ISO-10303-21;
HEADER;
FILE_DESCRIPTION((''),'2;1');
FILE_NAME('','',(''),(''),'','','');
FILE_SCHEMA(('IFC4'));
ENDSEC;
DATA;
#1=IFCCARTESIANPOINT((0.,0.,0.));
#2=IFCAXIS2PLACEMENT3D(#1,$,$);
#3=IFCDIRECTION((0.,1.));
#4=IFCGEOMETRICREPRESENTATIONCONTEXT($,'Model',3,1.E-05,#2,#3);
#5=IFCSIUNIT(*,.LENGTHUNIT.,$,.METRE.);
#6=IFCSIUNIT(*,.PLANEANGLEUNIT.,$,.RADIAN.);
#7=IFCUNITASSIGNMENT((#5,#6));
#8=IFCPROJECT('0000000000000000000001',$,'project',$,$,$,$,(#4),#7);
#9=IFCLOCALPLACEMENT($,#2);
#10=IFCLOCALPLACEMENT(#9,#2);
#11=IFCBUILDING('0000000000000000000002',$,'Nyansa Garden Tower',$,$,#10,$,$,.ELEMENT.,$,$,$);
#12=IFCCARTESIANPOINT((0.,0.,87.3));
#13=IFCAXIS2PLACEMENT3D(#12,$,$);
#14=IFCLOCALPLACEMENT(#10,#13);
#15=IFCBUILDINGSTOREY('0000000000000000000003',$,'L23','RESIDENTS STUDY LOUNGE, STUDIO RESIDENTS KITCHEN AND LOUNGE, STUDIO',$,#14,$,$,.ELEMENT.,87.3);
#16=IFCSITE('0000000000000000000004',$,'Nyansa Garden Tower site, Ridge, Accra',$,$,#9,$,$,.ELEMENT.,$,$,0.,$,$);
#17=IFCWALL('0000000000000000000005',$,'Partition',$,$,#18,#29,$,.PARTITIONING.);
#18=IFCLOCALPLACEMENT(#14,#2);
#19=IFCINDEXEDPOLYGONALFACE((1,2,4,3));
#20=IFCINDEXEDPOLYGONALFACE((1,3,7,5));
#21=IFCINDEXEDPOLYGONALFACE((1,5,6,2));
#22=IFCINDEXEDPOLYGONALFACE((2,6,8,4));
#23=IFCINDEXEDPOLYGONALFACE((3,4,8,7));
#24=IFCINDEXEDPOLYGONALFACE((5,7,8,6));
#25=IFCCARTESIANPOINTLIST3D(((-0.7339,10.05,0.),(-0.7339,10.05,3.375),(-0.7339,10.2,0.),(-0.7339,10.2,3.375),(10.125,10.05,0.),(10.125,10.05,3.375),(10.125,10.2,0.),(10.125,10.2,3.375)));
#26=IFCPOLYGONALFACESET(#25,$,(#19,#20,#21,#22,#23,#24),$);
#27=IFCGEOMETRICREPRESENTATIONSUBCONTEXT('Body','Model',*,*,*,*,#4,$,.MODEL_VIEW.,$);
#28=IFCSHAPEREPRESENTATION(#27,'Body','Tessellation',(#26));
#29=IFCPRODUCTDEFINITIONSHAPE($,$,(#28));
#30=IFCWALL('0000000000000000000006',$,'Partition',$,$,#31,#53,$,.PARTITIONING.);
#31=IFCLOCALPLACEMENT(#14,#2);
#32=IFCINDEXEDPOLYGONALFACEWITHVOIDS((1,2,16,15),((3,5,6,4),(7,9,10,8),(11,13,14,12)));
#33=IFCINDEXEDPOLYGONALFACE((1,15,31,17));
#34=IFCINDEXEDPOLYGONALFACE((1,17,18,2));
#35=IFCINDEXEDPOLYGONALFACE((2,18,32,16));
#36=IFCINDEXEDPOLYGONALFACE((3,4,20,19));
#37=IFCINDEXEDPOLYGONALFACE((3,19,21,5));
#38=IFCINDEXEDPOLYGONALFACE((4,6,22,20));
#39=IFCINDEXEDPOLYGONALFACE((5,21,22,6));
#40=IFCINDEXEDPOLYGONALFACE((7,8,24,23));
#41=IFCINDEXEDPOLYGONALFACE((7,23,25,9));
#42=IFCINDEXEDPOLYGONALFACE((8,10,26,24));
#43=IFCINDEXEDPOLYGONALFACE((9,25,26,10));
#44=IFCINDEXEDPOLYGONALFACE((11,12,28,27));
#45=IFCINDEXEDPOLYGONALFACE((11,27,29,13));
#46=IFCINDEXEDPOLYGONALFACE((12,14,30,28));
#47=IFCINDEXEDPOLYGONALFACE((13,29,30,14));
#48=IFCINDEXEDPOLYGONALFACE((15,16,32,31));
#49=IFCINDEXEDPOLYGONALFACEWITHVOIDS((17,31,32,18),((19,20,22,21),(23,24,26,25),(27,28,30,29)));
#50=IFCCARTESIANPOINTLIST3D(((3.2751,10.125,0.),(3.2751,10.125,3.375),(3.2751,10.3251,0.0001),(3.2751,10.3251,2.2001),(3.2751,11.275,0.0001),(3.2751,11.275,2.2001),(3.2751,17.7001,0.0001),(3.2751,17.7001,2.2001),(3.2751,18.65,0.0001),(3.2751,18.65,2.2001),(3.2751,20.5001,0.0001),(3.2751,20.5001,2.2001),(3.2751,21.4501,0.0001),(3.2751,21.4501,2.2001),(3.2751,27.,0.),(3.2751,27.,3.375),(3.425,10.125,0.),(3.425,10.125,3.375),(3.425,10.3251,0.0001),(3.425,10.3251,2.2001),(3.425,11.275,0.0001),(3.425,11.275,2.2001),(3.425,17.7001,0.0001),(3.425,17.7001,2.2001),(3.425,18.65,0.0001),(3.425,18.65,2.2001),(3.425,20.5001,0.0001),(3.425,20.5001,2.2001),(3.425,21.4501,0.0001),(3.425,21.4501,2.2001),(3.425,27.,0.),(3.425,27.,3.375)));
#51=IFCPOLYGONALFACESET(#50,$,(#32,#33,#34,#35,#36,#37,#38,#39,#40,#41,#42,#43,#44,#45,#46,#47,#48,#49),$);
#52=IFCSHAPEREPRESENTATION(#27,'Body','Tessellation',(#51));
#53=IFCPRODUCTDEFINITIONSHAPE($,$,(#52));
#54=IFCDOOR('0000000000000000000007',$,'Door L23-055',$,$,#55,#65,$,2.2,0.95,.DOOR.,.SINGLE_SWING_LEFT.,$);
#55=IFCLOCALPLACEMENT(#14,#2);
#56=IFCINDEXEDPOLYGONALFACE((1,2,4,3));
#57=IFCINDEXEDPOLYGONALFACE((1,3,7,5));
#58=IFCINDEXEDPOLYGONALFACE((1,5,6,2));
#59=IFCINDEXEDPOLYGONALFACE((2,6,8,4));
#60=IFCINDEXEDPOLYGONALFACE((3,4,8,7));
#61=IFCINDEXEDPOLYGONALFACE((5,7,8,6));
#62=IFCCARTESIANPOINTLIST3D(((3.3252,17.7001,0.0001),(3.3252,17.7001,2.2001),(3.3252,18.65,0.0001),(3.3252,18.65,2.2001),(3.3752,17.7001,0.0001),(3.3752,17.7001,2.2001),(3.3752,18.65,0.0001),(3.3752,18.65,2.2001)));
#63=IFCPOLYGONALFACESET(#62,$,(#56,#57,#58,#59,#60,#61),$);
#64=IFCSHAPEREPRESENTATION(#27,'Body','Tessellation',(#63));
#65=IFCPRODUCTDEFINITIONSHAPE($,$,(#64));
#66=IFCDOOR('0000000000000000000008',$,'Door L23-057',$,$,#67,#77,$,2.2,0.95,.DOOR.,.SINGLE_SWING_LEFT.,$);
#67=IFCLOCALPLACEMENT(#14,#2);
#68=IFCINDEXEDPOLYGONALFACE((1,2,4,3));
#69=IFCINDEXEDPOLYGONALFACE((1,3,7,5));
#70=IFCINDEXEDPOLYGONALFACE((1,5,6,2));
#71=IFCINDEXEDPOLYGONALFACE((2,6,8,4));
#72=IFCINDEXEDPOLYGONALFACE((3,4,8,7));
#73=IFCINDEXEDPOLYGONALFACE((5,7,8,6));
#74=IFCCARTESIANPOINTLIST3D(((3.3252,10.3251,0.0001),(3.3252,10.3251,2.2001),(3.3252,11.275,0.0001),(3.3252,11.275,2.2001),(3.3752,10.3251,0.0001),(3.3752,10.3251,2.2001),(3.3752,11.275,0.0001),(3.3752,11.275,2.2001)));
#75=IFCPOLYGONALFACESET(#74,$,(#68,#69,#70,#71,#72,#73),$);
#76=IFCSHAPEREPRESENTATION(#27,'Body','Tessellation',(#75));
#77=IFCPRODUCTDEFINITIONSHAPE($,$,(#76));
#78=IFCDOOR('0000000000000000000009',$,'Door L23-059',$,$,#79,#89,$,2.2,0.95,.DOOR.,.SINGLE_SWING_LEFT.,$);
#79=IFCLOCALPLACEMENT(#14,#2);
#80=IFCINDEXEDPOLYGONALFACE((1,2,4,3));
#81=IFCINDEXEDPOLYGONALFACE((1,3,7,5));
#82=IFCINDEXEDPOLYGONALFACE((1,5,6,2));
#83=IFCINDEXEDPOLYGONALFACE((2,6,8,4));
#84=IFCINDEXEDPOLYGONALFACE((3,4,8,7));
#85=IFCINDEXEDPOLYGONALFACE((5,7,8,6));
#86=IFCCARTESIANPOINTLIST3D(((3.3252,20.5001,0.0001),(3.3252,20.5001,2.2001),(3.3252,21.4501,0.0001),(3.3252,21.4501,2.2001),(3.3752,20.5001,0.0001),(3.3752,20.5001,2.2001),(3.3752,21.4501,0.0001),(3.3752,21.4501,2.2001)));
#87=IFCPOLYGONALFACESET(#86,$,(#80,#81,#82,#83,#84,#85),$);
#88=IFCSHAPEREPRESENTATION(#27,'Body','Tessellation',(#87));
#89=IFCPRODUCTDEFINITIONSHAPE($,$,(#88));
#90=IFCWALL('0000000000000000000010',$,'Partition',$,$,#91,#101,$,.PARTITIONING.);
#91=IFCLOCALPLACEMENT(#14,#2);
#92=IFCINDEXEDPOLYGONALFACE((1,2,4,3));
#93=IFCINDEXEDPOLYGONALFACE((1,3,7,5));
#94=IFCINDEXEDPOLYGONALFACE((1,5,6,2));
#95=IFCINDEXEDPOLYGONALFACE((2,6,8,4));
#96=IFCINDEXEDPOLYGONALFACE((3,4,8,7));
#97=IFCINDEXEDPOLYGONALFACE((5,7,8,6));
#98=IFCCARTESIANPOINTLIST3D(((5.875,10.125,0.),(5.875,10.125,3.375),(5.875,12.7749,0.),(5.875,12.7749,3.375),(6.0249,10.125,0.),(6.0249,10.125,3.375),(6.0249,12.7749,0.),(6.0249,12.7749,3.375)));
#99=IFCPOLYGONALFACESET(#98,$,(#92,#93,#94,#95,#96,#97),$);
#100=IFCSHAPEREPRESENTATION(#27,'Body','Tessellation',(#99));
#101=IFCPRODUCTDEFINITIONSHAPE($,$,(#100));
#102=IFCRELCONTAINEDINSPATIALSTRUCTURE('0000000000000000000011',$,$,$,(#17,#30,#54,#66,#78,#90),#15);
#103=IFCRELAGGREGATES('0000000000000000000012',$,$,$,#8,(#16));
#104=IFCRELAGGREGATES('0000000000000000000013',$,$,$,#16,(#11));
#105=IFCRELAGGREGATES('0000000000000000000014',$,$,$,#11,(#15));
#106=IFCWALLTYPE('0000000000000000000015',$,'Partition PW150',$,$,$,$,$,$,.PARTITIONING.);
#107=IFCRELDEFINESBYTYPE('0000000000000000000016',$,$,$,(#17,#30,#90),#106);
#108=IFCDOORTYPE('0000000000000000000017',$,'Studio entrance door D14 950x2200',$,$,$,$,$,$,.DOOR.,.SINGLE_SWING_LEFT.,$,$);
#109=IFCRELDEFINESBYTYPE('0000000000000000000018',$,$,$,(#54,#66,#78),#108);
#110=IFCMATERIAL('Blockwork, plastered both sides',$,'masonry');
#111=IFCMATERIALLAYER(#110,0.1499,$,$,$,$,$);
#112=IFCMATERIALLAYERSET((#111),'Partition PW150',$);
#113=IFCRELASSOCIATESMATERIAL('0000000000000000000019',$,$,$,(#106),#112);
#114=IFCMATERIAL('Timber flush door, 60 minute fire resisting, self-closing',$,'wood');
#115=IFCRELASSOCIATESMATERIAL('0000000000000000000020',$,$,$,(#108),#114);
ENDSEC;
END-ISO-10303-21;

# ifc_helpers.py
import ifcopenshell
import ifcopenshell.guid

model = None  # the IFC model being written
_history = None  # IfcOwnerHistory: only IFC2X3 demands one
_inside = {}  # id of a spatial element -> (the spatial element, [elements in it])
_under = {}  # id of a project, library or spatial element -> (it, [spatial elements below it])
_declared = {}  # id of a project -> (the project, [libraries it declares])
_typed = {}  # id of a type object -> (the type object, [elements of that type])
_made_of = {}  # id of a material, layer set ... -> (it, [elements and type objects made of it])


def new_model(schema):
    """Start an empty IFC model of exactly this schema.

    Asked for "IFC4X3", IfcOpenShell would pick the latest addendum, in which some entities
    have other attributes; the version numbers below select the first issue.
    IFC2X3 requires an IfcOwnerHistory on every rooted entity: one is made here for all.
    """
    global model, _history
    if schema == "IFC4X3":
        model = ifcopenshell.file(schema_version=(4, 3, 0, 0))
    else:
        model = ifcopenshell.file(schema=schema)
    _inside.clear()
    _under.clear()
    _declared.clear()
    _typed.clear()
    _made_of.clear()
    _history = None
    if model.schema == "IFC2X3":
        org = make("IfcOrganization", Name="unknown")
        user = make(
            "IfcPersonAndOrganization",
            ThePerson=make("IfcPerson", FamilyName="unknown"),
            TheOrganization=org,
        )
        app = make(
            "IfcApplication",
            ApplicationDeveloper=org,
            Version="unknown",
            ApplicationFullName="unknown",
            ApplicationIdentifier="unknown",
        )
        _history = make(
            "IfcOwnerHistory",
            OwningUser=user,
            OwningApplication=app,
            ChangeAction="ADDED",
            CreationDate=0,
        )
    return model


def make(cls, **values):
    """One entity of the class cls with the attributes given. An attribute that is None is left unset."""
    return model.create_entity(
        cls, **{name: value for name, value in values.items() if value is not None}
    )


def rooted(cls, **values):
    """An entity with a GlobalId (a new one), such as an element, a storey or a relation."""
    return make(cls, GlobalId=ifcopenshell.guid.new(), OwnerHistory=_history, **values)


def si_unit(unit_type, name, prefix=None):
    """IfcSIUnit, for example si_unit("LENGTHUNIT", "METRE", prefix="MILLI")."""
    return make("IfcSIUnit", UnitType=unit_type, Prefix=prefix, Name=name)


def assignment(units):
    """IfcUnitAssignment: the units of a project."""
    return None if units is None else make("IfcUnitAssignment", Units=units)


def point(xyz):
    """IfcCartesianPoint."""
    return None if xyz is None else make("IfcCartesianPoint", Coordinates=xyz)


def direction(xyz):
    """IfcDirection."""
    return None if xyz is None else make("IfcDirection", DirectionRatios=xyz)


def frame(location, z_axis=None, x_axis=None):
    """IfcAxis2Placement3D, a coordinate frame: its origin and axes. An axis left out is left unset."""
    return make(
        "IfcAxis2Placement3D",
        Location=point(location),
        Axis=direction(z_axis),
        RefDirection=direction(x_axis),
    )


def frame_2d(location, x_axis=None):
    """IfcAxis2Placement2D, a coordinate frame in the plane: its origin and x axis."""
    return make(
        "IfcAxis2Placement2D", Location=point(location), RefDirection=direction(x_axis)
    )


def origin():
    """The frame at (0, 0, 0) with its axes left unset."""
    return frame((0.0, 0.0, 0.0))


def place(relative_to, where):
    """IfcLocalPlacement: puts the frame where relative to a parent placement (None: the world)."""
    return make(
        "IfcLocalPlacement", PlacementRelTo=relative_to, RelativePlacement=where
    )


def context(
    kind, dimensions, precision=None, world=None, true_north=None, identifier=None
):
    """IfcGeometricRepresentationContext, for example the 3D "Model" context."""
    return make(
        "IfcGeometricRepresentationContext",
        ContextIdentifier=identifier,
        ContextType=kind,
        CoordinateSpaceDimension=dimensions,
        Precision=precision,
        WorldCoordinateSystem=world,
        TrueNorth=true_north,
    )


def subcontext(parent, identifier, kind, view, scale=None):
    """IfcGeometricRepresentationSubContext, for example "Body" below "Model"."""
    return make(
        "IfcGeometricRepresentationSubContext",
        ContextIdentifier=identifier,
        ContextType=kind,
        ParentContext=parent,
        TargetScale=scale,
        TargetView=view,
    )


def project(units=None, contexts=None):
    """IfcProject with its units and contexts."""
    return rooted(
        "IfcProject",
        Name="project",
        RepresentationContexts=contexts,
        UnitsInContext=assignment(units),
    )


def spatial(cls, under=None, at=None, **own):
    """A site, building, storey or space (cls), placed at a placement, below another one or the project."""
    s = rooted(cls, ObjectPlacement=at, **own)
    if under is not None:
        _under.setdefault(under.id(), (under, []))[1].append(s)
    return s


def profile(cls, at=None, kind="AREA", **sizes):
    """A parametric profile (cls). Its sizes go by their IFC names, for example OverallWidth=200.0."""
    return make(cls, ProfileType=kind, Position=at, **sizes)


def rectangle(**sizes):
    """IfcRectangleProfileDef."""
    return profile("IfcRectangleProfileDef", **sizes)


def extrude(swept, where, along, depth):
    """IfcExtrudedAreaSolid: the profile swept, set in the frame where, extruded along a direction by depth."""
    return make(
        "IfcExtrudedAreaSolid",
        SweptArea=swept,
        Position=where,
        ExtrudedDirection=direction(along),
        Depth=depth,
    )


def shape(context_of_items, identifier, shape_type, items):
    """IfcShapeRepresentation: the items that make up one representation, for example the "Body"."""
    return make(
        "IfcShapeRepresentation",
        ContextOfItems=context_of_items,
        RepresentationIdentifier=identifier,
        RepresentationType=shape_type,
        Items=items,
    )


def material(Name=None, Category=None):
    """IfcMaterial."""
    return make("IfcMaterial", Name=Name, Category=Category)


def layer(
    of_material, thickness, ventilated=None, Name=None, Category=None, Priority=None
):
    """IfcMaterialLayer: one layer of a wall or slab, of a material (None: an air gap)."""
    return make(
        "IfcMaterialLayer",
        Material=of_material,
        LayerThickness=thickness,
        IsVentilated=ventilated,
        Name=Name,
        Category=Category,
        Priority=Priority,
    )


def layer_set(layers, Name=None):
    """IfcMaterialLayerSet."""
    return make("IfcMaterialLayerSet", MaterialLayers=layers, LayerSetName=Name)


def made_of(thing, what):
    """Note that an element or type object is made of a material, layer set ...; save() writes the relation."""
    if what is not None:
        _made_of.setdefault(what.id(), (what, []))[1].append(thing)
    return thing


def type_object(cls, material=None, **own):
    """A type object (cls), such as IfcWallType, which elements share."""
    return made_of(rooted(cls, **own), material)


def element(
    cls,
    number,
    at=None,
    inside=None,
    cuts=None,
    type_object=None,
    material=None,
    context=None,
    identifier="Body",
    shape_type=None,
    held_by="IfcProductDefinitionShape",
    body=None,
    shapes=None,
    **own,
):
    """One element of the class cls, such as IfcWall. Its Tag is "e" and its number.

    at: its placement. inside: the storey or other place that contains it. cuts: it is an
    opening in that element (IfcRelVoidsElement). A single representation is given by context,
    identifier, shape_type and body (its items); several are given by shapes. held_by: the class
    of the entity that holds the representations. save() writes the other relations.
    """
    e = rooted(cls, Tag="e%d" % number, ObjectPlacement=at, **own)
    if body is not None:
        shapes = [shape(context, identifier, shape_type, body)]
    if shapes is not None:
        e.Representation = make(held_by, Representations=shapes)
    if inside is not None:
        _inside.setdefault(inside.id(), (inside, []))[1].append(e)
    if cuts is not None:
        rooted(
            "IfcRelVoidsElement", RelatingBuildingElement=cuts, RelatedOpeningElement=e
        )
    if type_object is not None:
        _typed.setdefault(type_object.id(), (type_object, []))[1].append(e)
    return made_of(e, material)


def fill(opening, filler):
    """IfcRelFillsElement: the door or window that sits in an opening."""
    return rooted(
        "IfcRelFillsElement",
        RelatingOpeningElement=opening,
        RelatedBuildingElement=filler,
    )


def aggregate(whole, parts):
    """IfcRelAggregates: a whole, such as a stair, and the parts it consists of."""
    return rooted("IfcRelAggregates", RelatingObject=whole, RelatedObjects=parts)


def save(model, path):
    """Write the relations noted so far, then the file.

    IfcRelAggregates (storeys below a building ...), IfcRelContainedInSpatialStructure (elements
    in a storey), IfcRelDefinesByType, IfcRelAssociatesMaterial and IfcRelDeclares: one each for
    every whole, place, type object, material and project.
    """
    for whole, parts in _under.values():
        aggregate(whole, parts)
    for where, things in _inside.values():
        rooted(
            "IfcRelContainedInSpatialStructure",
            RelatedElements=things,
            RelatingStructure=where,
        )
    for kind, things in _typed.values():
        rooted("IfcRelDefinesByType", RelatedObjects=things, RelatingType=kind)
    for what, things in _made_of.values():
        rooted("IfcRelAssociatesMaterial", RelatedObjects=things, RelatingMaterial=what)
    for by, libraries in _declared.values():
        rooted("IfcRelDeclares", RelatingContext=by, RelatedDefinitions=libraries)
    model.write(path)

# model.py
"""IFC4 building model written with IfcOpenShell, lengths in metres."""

from ifc_helpers import new_model, si_unit, direction, frame, frame_2d, origin, place, context, subcontext, project, spatial, rectangle, extrude, material, layer, layer_set, type_object, element, fill, save


model = new_model("IFC4")

# Units and contexts
model_context = context("Model", 3, precision=1e-05, world=origin(), true_north=direction((0.0, 1.0)))
body_context = subcontext(model_context, "Body", "Model", "MODEL_VIEW")
ifc_project = project(units=[si_unit("LENGTHUNIT", "METRE"), si_unit("PLANEANGLEUNIT", "RADIAN")], contexts=[model_context])

# Site, building, storey
site_placement = place(None, origin())
site = spatial("IfcSite", under=ifc_project, at=site_placement, Name="Nyansa Garden Tower site, Ridge, Accra", CompositionType="ELEMENT", RefElevation=0.0)
building_placement = place(site_placement, origin())
building = spatial("IfcBuilding", under=site, at=building_placement, Name="Nyansa Garden Tower", CompositionType="ELEMENT")
storey_placement = place(building_placement, frame((0.0, 0.0, 87.3)))
storey = spatial("IfcBuildingStorey", under=building, at=storey_placement, Name="L23", Description="RESIDENTS STUDY LOUNGE, STUDIO RESIDENTS KITCHEN AND LOUNGE, STUDIO", CompositionType="ELEMENT", Elevation=87.3)

# Wall
ifc_material_1 = material(Name="Blockwork, plastered both sides", Category="masonry")
ifc_layer_1 = layer(ifc_material_1, 0.1499)
ifc_layer_set_1 = layer_set([ifc_layer_1], Name="Partition PW150")
wall_type = type_object("IfcWallType", Name="Partition PW150", PredefinedType="PARTITIONING", material=ifc_layer_set_1)
wall_1_placement = place(storey_placement, frame((-0.7339, 10.125, 0.0), z_axis=(0.0, 0.0, 1.0), x_axis=(1.0, 0.0, 0.0)))
element("IfcWall", 1, at=wall_1_placement, inside=storey, type_object=wall_type, Name="Partition", PredefinedType="PARTITIONING", context=body_context, shape_type="SweptSolid", body=[
    extrude(rectangle(XDim=10.8589, YDim=0.1499, at=frame_2d((5.4294, 0.0))), origin(), (0.0, 0.0, 1.0), 3.375),
])

# Wall, openings, doors
wall_2_placement = place(storey_placement, frame((3.3501, 10.125, 0.0), z_axis=(0.0, 0.0, 1.0), x_axis=(0.0, 1.0, 0.0)))
wall_2 = element("IfcWall", 2, at=wall_2_placement, inside=storey, type_object=wall_type, Name="Partition", PredefinedType="PARTITIONING", context=body_context, shape_type="SweptSolid", body=[
    extrude(rectangle(XDim=16.875, YDim=0.1499, at=frame_2d((8.4375, 0.0))), origin(), (0.0, 0.0, 1.0), 3.375),
])
opening_1_placement = place(wall_2_placement, frame((7.575, 0.0, 0.0)))
opening_1 = element("IfcOpeningElement", 3, at=opening_1_placement, cuts=wall_2, PredefinedType="OPENING", context=body_context, shape_type="SweptSolid", body=[
    extrude(rectangle(XDim=0.95, YDim=2.2, at=frame_2d((0.4751, 1.1001))), frame((0.0, 0.085, 0.0), z_axis=(0.0, -1.0, 0.0), x_axis=(1.0, 0.0, 0.0)), (0.0, 0.0, 1.0), 0.1699),
])
opening_2_placement = place(wall_2_placement, frame((0.2, 0.0, 0.0)))
opening_2 = element("IfcOpeningElement", 4, at=opening_2_placement, cuts=wall_2, PredefinedType="OPENING", context=body_context, shape_type="SweptSolid", body=[
    extrude(rectangle(XDim=0.95, YDim=2.2, at=frame_2d((0.4751, 1.1001))), frame((0.0, 0.085, 0.0), z_axis=(0.0, -1.0, 0.0), x_axis=(1.0, 0.0, 0.0)), (0.0, 0.0, 1.0), 0.1699),
])
opening_3_placement = place(wall_2_placement, frame((10.375, 0.0, 0.0)))
opening_3 = element("IfcOpeningElement", 5, at=opening_3_placement, cuts=wall_2, PredefinedType="OPENING", context=body_context, shape_type="SweptSolid", body=[
    extrude(rectangle(XDim=0.95, YDim=2.2, at=frame_2d((0.4751, 1.1001))), frame((0.0, 0.085, 0.0), z_axis=(0.0, -1.0, 0.0), x_axis=(1.0, 0.0, 0.0)), (0.0, 0.0, 1.0), 0.1699),
])
ifc_material_2 = material(Name="Timber flush door, 60 minute fire resisting, self-closing", Category="wood")
door_type = type_object("IfcDoorType", Name="Studio entrance door D14 950x2200", OperationType="SINGLE_SWING_LEFT", PredefinedType="DOOR", material=ifc_material_2)
door_1_placement = place(opening_1_placement, origin())
door_1 = element("IfcDoor", 6, at=door_1_placement, inside=storey, type_object=door_type, Name="Door L23-055", OperationType="SINGLE_SWING_LEFT", OverallHeight=2.2, OverallWidth=0.95, PredefinedType="DOOR", context=body_context, shape_type="SweptSolid", body=[
    extrude(rectangle(XDim=0.95, YDim=2.2, at=frame_2d((0.4751, 1.1001))), frame((0.0, 0.0249, 0.0), z_axis=(0.0, -1.0, 0.0), x_axis=(1.0, 0.0, 0.0)), (0.0, 0.0, 1.0), 0.05),
])
fill(opening_1, door_1)
door_2_placement = place(opening_2_placement, origin())
door_2 = element("IfcDoor", 7, at=door_2_placement, inside=storey, type_object=door_type, Name="Door L23-057", OperationType="SINGLE_SWING_LEFT", OverallHeight=2.2, OverallWidth=0.95, PredefinedType="DOOR", context=body_context, shape_type="SweptSolid", body=[
    extrude(rectangle(XDim=0.95, YDim=2.2, at=frame_2d((0.4751, 1.1001))), frame((0.0, 0.0249, 0.0), z_axis=(0.0, -1.0, 0.0), x_axis=(1.0, 0.0, 0.0)), (0.0, 0.0, 1.0), 0.05),
])
fill(opening_2, door_2)
door_3_placement = place(opening_3_placement, origin())
door_3 = element("IfcDoor", 8, at=door_3_placement, inside=storey, type_object=door_type, Name="Door L23-059", OperationType="SINGLE_SWING_LEFT", OverallHeight=2.2, OverallWidth=0.95, PredefinedType="DOOR", context=body_context, shape_type="SweptSolid", body=[
    extrude(rectangle(XDim=0.95, YDim=2.2, at=frame_2d((0.4751, 1.1001))), frame((0.0, 0.0249, 0.0), z_axis=(0.0, -1.0, 0.0), x_axis=(1.0, 0.0, 0.0)), (0.0, 0.0, 1.0), 0.05),
])
fill(opening_3, door_3)

# Wall
wall_3_placement = place(storey_placement, frame((5.95, 10.125, 0.0), z_axis=(0.0, 0.0, 1.0), x_axis=(0.0, 1.0, 0.0)))
element("IfcWall", 9, at=wall_3_placement, inside=storey, type_object=wall_type, Name="Partition", PredefinedType="PARTITIONING", context=body_context, shape_type="SweptSolid", body=[
    extrude(rectangle(XDim=2.6499, YDim=0.1499, at=frame_2d((1.325, 0.0))), origin(), (0.0, 0.0, 1.0), 3.375),
])

save(model, "model.ifc")
